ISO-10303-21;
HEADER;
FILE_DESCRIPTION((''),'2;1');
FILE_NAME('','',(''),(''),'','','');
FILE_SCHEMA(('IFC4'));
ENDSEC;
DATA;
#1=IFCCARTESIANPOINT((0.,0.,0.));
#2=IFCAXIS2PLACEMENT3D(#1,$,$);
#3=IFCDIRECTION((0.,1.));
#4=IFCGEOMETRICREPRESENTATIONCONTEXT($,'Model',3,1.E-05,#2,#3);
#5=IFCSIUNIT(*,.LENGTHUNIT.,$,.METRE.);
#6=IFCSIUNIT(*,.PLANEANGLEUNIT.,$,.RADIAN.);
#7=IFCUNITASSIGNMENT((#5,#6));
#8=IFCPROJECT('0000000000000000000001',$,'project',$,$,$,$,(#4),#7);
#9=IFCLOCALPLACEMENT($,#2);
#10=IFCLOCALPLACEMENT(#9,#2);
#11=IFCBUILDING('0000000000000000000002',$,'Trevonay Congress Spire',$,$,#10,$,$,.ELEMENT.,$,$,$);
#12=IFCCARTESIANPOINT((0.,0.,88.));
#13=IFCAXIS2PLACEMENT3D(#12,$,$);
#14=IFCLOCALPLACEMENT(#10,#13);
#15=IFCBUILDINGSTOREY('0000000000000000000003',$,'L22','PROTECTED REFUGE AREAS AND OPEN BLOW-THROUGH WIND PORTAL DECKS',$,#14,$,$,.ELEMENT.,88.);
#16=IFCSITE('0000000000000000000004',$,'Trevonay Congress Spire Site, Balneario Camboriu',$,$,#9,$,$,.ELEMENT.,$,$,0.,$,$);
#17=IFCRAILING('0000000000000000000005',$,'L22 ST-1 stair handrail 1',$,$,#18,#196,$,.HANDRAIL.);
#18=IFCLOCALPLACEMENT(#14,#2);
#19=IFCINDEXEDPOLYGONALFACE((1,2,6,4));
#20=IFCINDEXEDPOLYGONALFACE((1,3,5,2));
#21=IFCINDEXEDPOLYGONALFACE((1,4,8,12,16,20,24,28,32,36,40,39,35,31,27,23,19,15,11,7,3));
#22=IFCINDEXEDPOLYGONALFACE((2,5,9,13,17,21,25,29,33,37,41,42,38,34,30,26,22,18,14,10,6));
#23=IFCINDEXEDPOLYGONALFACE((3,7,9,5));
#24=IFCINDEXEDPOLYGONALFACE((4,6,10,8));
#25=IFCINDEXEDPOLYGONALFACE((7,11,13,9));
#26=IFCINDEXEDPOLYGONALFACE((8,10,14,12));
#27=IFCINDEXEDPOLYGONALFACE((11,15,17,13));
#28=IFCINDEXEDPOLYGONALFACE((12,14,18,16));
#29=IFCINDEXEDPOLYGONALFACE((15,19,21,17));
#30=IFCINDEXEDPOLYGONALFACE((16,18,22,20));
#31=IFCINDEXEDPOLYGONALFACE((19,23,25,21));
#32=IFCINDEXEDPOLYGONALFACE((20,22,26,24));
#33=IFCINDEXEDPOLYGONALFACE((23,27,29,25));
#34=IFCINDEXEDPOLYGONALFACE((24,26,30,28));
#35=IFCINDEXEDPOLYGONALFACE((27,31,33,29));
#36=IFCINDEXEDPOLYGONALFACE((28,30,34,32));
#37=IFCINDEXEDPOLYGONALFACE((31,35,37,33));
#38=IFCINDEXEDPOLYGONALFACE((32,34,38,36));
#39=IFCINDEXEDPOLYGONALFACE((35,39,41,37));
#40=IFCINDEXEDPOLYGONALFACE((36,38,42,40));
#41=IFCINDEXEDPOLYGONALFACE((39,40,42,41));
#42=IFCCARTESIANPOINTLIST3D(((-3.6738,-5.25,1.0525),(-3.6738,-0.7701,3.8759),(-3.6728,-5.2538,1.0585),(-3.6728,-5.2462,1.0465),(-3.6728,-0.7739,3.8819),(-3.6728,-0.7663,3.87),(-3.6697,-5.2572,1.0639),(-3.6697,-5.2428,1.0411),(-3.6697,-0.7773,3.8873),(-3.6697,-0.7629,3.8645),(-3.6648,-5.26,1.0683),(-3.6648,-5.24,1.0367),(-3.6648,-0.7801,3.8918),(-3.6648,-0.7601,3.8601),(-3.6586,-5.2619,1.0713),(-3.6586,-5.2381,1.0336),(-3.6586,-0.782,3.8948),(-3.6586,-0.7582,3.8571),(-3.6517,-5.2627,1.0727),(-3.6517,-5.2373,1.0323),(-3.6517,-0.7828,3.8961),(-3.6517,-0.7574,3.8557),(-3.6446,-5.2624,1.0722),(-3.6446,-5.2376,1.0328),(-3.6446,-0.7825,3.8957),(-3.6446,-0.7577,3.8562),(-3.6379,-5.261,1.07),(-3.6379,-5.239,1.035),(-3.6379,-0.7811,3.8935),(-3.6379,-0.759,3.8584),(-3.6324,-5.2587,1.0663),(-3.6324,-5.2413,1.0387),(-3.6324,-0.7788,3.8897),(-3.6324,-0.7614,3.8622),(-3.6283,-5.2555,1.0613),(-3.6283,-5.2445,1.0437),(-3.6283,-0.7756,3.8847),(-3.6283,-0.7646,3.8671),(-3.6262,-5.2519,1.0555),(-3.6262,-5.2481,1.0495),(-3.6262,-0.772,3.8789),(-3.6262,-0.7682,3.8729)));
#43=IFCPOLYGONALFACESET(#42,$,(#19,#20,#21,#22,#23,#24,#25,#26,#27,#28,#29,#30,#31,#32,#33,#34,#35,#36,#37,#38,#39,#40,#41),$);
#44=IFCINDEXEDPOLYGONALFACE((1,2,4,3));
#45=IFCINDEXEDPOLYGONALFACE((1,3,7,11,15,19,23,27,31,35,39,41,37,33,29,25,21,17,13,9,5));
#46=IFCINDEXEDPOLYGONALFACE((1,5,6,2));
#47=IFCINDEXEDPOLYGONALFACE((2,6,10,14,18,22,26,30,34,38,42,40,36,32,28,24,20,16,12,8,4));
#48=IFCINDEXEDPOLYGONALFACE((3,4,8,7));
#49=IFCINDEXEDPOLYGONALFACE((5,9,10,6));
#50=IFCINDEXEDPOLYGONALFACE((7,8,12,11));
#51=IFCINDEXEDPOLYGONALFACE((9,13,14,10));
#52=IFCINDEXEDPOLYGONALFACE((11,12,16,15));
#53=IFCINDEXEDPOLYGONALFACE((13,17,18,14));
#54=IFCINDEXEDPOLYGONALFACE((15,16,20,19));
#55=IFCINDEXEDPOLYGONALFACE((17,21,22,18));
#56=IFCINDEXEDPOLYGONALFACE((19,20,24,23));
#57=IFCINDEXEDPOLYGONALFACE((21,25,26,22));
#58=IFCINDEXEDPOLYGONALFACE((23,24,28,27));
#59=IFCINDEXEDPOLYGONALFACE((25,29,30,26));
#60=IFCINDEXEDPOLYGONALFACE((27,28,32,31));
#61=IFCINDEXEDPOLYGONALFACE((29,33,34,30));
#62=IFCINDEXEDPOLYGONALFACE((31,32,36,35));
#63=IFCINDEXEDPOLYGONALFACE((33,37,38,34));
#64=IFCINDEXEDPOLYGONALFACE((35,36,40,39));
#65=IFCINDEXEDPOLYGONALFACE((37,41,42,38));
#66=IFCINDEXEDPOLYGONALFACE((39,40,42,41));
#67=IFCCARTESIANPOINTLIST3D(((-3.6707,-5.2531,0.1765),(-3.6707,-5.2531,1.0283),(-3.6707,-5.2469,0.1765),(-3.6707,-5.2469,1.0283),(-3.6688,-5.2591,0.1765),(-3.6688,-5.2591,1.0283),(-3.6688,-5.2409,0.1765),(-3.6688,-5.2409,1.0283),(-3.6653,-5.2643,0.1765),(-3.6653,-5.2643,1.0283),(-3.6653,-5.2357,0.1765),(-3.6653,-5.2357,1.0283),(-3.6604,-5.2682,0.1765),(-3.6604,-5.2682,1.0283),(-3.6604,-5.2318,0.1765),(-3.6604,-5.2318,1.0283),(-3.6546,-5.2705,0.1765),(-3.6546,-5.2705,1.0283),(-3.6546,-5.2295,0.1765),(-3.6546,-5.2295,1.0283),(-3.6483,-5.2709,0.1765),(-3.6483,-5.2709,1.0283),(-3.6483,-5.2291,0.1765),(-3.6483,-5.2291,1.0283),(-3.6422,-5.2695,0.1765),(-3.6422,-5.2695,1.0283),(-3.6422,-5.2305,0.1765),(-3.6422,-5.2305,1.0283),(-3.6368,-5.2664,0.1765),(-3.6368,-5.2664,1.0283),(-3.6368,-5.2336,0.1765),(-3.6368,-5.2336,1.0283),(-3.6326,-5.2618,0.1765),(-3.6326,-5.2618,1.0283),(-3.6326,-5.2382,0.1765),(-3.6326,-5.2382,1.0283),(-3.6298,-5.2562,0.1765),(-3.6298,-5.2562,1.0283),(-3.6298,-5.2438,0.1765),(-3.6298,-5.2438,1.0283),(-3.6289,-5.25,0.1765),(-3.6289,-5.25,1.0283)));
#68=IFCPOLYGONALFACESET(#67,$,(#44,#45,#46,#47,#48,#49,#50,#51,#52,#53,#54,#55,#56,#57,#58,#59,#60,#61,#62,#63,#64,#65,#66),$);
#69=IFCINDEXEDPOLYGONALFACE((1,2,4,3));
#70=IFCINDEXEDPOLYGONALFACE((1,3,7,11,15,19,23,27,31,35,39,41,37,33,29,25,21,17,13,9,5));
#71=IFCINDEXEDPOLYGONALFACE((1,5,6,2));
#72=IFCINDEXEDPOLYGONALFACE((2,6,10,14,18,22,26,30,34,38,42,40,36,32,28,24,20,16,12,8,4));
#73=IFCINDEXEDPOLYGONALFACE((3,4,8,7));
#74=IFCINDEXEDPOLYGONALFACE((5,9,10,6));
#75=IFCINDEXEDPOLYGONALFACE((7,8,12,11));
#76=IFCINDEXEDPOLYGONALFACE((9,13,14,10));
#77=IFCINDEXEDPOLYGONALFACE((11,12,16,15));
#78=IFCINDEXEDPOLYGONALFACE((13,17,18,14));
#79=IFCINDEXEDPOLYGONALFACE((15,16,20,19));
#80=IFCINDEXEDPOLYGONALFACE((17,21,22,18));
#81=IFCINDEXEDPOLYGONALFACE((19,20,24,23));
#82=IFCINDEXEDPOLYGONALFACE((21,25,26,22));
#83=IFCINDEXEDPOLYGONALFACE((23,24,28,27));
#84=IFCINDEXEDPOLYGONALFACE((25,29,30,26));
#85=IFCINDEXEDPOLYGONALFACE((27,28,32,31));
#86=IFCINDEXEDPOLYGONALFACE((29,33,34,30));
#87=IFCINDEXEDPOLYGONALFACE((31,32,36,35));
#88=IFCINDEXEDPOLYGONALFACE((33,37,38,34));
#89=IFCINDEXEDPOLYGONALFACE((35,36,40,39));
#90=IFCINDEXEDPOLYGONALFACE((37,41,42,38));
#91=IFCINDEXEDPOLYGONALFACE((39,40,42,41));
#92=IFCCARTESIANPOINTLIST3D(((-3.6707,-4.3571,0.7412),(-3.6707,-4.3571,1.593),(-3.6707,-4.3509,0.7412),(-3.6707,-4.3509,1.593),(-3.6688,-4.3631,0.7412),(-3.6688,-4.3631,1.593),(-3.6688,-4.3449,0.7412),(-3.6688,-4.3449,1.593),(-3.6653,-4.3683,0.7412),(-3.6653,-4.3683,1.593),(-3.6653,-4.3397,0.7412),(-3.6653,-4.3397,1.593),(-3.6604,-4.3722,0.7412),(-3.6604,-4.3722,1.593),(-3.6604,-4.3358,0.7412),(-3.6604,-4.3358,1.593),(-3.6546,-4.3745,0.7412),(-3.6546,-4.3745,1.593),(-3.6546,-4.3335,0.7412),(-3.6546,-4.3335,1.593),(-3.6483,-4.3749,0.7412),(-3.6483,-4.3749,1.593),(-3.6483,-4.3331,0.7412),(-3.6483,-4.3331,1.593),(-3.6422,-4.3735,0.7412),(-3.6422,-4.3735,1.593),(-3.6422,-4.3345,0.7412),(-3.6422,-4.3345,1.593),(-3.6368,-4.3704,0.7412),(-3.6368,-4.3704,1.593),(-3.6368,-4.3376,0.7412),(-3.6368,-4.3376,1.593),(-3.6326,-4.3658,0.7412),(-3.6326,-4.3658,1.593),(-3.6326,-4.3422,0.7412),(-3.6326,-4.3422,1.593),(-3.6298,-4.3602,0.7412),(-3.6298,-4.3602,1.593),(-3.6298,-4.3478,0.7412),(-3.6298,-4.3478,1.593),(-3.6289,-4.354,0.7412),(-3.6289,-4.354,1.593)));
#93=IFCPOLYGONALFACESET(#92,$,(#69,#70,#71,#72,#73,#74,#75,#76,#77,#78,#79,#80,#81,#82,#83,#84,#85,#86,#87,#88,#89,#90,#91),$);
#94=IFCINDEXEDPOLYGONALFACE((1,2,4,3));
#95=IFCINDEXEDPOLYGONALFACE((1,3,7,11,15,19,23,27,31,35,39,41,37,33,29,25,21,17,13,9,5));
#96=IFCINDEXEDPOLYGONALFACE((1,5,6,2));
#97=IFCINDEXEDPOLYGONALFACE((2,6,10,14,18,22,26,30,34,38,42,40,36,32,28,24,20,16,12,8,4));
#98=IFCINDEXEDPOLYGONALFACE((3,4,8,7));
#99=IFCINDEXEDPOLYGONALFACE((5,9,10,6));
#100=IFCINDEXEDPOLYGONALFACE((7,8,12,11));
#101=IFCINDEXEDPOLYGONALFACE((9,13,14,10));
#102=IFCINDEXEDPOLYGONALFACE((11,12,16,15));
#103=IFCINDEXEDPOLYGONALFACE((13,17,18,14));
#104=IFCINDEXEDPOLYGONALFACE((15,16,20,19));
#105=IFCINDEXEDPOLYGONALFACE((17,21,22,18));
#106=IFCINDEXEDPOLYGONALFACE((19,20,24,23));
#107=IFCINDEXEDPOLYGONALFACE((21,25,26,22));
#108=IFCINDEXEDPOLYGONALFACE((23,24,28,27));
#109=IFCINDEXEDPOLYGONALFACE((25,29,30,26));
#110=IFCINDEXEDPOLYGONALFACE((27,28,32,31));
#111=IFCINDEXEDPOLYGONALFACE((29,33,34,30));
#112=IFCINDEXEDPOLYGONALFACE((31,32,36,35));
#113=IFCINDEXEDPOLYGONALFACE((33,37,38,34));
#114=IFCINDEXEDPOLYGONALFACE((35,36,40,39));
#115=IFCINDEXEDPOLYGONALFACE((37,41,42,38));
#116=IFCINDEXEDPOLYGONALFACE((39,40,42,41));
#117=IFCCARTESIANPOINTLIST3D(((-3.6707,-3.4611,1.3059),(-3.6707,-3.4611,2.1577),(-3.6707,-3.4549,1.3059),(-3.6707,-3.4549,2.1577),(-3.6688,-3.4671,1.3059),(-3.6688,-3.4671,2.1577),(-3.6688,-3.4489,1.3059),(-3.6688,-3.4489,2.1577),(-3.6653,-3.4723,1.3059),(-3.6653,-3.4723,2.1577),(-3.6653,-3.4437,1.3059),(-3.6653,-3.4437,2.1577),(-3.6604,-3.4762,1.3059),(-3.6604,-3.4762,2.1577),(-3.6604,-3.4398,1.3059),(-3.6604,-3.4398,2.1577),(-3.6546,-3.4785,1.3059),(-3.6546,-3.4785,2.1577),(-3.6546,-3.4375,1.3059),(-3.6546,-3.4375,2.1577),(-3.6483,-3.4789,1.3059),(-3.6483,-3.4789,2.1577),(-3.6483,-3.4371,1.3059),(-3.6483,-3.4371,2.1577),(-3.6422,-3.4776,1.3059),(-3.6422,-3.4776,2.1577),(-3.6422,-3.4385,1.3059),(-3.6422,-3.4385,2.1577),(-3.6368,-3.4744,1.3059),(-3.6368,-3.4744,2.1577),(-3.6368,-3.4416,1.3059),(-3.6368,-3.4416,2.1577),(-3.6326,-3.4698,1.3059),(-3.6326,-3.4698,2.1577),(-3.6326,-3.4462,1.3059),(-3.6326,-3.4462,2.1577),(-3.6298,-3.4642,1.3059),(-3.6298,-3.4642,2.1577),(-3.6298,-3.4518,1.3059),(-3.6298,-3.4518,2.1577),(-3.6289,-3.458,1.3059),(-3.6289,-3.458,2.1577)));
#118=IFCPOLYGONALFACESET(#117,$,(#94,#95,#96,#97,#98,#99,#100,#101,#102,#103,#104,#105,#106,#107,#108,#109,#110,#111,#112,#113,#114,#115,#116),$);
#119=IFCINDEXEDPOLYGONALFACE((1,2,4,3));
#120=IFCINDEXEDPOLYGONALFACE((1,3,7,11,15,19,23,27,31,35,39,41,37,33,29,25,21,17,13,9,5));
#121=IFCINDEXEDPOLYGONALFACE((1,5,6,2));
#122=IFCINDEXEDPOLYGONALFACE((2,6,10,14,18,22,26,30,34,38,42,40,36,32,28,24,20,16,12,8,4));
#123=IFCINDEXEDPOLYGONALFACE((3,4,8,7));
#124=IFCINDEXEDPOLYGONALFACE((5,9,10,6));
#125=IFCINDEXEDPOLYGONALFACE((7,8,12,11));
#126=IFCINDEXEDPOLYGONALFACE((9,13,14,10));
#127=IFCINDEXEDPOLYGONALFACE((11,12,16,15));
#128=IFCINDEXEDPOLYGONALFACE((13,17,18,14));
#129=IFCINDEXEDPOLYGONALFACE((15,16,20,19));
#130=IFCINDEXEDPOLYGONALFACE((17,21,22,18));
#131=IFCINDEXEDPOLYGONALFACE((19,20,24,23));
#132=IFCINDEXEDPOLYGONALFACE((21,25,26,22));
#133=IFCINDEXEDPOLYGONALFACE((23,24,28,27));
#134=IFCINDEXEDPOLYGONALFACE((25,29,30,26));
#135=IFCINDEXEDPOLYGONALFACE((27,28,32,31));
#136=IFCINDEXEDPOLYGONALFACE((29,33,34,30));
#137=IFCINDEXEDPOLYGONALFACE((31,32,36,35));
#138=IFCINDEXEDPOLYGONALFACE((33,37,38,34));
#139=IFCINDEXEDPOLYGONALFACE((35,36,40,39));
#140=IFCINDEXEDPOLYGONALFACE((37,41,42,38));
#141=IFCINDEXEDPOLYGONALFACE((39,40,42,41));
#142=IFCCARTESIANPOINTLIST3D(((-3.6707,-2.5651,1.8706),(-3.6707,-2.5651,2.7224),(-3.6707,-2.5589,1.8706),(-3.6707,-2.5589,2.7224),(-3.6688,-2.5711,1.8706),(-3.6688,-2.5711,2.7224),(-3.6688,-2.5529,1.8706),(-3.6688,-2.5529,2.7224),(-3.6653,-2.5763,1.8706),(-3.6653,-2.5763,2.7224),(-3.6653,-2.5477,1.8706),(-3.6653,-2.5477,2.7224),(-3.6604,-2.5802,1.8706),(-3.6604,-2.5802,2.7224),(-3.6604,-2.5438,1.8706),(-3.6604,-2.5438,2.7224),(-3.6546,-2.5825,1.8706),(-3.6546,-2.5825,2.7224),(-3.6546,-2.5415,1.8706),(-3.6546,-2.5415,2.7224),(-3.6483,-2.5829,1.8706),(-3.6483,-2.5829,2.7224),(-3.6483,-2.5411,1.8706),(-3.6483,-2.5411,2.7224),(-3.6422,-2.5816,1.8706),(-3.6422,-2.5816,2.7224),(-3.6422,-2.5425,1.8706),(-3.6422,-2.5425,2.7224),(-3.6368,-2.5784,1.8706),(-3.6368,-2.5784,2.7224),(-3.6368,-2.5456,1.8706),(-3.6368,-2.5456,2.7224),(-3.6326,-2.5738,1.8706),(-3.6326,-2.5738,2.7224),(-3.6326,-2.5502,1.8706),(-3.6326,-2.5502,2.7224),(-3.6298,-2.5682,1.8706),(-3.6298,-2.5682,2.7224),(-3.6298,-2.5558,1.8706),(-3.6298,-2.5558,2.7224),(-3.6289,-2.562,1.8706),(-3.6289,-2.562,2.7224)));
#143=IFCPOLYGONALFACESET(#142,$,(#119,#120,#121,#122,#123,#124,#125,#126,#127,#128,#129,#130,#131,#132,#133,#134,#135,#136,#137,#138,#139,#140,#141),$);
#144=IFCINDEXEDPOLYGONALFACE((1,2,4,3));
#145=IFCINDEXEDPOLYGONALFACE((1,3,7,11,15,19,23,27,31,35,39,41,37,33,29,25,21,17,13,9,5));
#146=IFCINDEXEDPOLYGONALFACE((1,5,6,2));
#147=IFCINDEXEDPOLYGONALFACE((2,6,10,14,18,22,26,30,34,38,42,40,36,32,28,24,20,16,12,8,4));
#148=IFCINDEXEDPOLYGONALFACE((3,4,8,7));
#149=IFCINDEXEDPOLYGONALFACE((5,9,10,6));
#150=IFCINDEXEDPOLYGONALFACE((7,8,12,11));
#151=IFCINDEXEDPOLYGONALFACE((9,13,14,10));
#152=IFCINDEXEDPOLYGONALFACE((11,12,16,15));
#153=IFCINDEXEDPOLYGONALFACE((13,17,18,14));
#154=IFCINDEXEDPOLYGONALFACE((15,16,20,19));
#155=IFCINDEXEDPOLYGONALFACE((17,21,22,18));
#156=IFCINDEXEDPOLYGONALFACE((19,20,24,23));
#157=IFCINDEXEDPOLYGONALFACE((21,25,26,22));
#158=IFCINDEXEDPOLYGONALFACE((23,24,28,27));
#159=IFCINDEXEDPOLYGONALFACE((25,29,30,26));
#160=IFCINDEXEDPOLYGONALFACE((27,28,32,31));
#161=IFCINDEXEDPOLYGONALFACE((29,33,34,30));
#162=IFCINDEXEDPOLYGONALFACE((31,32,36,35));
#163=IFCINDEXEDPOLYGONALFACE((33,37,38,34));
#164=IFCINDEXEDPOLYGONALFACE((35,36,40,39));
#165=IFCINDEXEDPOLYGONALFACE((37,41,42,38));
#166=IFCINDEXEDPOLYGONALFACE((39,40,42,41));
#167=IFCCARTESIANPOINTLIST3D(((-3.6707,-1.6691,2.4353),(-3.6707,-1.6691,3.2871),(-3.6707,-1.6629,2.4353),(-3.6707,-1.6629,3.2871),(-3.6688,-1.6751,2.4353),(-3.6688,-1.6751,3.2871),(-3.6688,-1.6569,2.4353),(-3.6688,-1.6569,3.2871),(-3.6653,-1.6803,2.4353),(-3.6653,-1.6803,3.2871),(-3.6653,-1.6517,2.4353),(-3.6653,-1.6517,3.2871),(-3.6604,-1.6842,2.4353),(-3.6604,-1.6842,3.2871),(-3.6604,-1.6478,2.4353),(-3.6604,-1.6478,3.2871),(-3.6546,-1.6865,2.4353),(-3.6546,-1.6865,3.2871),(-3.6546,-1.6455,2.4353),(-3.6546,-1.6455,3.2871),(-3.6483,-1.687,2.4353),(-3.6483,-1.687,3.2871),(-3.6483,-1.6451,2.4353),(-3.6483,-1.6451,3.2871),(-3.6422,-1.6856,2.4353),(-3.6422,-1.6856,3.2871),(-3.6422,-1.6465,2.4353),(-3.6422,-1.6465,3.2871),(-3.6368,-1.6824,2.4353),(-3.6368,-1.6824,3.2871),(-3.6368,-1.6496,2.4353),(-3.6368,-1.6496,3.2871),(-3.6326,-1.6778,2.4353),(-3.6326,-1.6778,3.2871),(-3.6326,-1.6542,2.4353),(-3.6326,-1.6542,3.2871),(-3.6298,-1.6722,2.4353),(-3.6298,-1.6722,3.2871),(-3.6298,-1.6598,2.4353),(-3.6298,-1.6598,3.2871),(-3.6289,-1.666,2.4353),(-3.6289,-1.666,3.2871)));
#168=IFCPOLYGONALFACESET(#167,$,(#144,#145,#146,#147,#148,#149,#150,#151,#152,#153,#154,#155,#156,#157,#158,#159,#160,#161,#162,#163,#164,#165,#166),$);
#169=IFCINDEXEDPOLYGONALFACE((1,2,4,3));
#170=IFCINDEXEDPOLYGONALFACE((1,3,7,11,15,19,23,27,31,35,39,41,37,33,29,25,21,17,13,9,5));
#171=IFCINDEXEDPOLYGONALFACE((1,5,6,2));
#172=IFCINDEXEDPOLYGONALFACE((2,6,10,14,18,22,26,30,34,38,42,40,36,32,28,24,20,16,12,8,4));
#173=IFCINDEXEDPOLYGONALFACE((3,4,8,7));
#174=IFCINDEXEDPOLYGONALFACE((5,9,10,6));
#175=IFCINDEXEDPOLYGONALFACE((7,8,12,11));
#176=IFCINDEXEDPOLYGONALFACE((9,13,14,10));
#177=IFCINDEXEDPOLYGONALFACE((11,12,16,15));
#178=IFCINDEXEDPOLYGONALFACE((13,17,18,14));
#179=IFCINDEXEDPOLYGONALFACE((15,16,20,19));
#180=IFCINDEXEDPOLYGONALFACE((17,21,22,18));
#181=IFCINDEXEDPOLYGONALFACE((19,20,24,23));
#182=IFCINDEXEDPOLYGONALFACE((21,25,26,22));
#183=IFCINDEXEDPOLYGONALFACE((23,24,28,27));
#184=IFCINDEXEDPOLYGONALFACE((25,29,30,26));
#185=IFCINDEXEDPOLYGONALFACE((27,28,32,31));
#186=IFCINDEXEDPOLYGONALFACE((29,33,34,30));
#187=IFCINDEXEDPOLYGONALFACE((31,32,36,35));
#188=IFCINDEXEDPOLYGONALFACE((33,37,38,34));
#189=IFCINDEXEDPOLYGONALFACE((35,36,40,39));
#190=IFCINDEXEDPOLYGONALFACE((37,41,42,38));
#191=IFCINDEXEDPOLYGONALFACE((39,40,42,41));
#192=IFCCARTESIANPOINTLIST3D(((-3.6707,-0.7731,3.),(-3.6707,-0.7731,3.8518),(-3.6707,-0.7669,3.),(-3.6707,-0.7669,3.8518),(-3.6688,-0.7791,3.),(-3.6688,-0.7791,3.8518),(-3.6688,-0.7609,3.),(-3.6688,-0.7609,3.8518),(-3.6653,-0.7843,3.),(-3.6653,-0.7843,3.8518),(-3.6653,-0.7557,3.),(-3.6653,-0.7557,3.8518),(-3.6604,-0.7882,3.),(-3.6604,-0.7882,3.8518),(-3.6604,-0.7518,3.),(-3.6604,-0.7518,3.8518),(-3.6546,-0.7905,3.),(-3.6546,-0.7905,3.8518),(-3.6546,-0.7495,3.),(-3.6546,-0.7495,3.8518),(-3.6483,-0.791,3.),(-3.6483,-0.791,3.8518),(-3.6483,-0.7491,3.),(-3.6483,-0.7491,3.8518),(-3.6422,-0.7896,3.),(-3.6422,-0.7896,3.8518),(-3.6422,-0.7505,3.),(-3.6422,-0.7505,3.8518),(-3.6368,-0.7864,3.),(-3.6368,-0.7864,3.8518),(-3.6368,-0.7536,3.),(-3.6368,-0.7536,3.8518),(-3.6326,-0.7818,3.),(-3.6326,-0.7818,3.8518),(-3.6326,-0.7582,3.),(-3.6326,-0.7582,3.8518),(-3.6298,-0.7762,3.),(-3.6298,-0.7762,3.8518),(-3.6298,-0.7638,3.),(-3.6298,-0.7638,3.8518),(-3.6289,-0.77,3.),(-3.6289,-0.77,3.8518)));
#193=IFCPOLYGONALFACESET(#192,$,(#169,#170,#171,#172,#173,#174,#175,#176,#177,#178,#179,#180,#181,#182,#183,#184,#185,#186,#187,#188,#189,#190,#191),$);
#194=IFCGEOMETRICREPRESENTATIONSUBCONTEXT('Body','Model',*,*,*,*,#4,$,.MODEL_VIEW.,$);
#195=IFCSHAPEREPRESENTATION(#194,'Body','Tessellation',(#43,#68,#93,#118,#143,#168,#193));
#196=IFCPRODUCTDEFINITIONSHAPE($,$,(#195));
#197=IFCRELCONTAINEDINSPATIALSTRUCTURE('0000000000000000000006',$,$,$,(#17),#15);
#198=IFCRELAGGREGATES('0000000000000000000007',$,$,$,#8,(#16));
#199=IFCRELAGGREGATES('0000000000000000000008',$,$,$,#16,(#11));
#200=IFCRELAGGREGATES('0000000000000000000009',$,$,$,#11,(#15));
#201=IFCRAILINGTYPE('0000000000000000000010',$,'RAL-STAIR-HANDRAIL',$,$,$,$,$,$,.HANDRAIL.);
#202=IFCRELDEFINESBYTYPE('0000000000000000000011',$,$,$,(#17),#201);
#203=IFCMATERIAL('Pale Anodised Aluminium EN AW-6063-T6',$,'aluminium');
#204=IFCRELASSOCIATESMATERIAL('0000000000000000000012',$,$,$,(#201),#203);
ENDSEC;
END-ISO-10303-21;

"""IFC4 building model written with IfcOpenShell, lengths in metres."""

from ifc_helpers import new_model, si_unit, direction, frame, origin, origin_2d, place, context, subcontext, project, spatial, circle, extrude, material, type_object, element, save


model = new_model("IFC4")

# Units and contexts
model_context = context("Model", 3, precision=1e-05, world=origin(), true_north=direction((0.0, 1.0)))
body_context = subcontext(model_context, "Body", "Model", "MODEL_VIEW")
ifc_project = project(units=[si_unit("LENGTHUNIT", "METRE"), si_unit("PLANEANGLEUNIT", "RADIAN")], contexts=[model_context])

# Site, building, storey
site_placement = place(None, origin())
site = spatial("IfcSite", under=ifc_project, at=site_placement, Name="Trevonay Congress Spire Site, Balneario Camboriu", CompositionType="ELEMENT", RefElevation=0.0)
building_placement = place(site_placement, origin())
building = spatial("IfcBuilding", under=site, at=building_placement, Name="Trevonay Congress Spire", CompositionType="ELEMENT")
storey_placement = place(building_placement, frame((0.0, 0.0, 88.0)))
storey = spatial("IfcBuildingStorey", under=building, at=storey_placement, Name="L22", Description="PROTECTED REFUGE AREAS AND OPEN BLOW-THROUGH WIND PORTAL DECKS", CompositionType="ELEMENT", Elevation=88.0)

# Shared definitions
ifc_material_1 = material(Name="Pale Anodised Aluminium EN AW-6063-T6", Category="aluminium")

# Railing
railing_type_1 = type_object("IfcRailingType", Name="RAL-STAIR-HANDRAIL", PredefinedType="HANDRAIL", material=ifc_material_1)
railing_1_placement = place(storey_placement, frame((-3.6499, -5.25, 0.1765)))
element("IfcRailing", 1, at=railing_1_placement, inside=storey, type_object=railing_type_1, Name="L22 ST-1 stair handrail 1", PredefinedType="HANDRAIL", context=body_context, shape_type="SweptSolid", body=[
    extrude(circle(Radius=0.0239, at=origin_2d()), frame((0.0, 0.0, 0.876), z_axis=(0.0, 0.845998, 0.533186), x_axis=(-1.0, 0.0, 0.0)), (0.0, 0.0, 1.0), 5.2954),
    extrude(circle(Radius=0.021, at=origin_2d()), origin(), (0.0, 0.0, 1.0), 0.8518),
    extrude(circle(Radius=0.021, at=origin_2d()), frame((0.0, 0.896, 0.5647)), (0.0, 0.0, 1.0), 0.8518),
    extrude(circle(Radius=0.021, at=origin_2d()), frame((0.0, 1.792, 1.1294)), (0.0, 0.0, 1.0), 0.8518),
    extrude(circle(Radius=0.021, at=origin_2d()), frame((0.0, 2.688, 1.6941)), (0.0, 0.0, 1.0), 0.8518),
    extrude(circle(Radius=0.021, at=origin_2d()), frame((0.0, 3.584, 2.2588)), (0.0, 0.0, 1.0), 0.8518),
    extrude(circle(Radius=0.021, at=origin_2d()), frame((0.0, 4.48, 2.8235)), (0.0, 0.0, 1.0), 0.8518),
])

save(model, "model.ifc")
